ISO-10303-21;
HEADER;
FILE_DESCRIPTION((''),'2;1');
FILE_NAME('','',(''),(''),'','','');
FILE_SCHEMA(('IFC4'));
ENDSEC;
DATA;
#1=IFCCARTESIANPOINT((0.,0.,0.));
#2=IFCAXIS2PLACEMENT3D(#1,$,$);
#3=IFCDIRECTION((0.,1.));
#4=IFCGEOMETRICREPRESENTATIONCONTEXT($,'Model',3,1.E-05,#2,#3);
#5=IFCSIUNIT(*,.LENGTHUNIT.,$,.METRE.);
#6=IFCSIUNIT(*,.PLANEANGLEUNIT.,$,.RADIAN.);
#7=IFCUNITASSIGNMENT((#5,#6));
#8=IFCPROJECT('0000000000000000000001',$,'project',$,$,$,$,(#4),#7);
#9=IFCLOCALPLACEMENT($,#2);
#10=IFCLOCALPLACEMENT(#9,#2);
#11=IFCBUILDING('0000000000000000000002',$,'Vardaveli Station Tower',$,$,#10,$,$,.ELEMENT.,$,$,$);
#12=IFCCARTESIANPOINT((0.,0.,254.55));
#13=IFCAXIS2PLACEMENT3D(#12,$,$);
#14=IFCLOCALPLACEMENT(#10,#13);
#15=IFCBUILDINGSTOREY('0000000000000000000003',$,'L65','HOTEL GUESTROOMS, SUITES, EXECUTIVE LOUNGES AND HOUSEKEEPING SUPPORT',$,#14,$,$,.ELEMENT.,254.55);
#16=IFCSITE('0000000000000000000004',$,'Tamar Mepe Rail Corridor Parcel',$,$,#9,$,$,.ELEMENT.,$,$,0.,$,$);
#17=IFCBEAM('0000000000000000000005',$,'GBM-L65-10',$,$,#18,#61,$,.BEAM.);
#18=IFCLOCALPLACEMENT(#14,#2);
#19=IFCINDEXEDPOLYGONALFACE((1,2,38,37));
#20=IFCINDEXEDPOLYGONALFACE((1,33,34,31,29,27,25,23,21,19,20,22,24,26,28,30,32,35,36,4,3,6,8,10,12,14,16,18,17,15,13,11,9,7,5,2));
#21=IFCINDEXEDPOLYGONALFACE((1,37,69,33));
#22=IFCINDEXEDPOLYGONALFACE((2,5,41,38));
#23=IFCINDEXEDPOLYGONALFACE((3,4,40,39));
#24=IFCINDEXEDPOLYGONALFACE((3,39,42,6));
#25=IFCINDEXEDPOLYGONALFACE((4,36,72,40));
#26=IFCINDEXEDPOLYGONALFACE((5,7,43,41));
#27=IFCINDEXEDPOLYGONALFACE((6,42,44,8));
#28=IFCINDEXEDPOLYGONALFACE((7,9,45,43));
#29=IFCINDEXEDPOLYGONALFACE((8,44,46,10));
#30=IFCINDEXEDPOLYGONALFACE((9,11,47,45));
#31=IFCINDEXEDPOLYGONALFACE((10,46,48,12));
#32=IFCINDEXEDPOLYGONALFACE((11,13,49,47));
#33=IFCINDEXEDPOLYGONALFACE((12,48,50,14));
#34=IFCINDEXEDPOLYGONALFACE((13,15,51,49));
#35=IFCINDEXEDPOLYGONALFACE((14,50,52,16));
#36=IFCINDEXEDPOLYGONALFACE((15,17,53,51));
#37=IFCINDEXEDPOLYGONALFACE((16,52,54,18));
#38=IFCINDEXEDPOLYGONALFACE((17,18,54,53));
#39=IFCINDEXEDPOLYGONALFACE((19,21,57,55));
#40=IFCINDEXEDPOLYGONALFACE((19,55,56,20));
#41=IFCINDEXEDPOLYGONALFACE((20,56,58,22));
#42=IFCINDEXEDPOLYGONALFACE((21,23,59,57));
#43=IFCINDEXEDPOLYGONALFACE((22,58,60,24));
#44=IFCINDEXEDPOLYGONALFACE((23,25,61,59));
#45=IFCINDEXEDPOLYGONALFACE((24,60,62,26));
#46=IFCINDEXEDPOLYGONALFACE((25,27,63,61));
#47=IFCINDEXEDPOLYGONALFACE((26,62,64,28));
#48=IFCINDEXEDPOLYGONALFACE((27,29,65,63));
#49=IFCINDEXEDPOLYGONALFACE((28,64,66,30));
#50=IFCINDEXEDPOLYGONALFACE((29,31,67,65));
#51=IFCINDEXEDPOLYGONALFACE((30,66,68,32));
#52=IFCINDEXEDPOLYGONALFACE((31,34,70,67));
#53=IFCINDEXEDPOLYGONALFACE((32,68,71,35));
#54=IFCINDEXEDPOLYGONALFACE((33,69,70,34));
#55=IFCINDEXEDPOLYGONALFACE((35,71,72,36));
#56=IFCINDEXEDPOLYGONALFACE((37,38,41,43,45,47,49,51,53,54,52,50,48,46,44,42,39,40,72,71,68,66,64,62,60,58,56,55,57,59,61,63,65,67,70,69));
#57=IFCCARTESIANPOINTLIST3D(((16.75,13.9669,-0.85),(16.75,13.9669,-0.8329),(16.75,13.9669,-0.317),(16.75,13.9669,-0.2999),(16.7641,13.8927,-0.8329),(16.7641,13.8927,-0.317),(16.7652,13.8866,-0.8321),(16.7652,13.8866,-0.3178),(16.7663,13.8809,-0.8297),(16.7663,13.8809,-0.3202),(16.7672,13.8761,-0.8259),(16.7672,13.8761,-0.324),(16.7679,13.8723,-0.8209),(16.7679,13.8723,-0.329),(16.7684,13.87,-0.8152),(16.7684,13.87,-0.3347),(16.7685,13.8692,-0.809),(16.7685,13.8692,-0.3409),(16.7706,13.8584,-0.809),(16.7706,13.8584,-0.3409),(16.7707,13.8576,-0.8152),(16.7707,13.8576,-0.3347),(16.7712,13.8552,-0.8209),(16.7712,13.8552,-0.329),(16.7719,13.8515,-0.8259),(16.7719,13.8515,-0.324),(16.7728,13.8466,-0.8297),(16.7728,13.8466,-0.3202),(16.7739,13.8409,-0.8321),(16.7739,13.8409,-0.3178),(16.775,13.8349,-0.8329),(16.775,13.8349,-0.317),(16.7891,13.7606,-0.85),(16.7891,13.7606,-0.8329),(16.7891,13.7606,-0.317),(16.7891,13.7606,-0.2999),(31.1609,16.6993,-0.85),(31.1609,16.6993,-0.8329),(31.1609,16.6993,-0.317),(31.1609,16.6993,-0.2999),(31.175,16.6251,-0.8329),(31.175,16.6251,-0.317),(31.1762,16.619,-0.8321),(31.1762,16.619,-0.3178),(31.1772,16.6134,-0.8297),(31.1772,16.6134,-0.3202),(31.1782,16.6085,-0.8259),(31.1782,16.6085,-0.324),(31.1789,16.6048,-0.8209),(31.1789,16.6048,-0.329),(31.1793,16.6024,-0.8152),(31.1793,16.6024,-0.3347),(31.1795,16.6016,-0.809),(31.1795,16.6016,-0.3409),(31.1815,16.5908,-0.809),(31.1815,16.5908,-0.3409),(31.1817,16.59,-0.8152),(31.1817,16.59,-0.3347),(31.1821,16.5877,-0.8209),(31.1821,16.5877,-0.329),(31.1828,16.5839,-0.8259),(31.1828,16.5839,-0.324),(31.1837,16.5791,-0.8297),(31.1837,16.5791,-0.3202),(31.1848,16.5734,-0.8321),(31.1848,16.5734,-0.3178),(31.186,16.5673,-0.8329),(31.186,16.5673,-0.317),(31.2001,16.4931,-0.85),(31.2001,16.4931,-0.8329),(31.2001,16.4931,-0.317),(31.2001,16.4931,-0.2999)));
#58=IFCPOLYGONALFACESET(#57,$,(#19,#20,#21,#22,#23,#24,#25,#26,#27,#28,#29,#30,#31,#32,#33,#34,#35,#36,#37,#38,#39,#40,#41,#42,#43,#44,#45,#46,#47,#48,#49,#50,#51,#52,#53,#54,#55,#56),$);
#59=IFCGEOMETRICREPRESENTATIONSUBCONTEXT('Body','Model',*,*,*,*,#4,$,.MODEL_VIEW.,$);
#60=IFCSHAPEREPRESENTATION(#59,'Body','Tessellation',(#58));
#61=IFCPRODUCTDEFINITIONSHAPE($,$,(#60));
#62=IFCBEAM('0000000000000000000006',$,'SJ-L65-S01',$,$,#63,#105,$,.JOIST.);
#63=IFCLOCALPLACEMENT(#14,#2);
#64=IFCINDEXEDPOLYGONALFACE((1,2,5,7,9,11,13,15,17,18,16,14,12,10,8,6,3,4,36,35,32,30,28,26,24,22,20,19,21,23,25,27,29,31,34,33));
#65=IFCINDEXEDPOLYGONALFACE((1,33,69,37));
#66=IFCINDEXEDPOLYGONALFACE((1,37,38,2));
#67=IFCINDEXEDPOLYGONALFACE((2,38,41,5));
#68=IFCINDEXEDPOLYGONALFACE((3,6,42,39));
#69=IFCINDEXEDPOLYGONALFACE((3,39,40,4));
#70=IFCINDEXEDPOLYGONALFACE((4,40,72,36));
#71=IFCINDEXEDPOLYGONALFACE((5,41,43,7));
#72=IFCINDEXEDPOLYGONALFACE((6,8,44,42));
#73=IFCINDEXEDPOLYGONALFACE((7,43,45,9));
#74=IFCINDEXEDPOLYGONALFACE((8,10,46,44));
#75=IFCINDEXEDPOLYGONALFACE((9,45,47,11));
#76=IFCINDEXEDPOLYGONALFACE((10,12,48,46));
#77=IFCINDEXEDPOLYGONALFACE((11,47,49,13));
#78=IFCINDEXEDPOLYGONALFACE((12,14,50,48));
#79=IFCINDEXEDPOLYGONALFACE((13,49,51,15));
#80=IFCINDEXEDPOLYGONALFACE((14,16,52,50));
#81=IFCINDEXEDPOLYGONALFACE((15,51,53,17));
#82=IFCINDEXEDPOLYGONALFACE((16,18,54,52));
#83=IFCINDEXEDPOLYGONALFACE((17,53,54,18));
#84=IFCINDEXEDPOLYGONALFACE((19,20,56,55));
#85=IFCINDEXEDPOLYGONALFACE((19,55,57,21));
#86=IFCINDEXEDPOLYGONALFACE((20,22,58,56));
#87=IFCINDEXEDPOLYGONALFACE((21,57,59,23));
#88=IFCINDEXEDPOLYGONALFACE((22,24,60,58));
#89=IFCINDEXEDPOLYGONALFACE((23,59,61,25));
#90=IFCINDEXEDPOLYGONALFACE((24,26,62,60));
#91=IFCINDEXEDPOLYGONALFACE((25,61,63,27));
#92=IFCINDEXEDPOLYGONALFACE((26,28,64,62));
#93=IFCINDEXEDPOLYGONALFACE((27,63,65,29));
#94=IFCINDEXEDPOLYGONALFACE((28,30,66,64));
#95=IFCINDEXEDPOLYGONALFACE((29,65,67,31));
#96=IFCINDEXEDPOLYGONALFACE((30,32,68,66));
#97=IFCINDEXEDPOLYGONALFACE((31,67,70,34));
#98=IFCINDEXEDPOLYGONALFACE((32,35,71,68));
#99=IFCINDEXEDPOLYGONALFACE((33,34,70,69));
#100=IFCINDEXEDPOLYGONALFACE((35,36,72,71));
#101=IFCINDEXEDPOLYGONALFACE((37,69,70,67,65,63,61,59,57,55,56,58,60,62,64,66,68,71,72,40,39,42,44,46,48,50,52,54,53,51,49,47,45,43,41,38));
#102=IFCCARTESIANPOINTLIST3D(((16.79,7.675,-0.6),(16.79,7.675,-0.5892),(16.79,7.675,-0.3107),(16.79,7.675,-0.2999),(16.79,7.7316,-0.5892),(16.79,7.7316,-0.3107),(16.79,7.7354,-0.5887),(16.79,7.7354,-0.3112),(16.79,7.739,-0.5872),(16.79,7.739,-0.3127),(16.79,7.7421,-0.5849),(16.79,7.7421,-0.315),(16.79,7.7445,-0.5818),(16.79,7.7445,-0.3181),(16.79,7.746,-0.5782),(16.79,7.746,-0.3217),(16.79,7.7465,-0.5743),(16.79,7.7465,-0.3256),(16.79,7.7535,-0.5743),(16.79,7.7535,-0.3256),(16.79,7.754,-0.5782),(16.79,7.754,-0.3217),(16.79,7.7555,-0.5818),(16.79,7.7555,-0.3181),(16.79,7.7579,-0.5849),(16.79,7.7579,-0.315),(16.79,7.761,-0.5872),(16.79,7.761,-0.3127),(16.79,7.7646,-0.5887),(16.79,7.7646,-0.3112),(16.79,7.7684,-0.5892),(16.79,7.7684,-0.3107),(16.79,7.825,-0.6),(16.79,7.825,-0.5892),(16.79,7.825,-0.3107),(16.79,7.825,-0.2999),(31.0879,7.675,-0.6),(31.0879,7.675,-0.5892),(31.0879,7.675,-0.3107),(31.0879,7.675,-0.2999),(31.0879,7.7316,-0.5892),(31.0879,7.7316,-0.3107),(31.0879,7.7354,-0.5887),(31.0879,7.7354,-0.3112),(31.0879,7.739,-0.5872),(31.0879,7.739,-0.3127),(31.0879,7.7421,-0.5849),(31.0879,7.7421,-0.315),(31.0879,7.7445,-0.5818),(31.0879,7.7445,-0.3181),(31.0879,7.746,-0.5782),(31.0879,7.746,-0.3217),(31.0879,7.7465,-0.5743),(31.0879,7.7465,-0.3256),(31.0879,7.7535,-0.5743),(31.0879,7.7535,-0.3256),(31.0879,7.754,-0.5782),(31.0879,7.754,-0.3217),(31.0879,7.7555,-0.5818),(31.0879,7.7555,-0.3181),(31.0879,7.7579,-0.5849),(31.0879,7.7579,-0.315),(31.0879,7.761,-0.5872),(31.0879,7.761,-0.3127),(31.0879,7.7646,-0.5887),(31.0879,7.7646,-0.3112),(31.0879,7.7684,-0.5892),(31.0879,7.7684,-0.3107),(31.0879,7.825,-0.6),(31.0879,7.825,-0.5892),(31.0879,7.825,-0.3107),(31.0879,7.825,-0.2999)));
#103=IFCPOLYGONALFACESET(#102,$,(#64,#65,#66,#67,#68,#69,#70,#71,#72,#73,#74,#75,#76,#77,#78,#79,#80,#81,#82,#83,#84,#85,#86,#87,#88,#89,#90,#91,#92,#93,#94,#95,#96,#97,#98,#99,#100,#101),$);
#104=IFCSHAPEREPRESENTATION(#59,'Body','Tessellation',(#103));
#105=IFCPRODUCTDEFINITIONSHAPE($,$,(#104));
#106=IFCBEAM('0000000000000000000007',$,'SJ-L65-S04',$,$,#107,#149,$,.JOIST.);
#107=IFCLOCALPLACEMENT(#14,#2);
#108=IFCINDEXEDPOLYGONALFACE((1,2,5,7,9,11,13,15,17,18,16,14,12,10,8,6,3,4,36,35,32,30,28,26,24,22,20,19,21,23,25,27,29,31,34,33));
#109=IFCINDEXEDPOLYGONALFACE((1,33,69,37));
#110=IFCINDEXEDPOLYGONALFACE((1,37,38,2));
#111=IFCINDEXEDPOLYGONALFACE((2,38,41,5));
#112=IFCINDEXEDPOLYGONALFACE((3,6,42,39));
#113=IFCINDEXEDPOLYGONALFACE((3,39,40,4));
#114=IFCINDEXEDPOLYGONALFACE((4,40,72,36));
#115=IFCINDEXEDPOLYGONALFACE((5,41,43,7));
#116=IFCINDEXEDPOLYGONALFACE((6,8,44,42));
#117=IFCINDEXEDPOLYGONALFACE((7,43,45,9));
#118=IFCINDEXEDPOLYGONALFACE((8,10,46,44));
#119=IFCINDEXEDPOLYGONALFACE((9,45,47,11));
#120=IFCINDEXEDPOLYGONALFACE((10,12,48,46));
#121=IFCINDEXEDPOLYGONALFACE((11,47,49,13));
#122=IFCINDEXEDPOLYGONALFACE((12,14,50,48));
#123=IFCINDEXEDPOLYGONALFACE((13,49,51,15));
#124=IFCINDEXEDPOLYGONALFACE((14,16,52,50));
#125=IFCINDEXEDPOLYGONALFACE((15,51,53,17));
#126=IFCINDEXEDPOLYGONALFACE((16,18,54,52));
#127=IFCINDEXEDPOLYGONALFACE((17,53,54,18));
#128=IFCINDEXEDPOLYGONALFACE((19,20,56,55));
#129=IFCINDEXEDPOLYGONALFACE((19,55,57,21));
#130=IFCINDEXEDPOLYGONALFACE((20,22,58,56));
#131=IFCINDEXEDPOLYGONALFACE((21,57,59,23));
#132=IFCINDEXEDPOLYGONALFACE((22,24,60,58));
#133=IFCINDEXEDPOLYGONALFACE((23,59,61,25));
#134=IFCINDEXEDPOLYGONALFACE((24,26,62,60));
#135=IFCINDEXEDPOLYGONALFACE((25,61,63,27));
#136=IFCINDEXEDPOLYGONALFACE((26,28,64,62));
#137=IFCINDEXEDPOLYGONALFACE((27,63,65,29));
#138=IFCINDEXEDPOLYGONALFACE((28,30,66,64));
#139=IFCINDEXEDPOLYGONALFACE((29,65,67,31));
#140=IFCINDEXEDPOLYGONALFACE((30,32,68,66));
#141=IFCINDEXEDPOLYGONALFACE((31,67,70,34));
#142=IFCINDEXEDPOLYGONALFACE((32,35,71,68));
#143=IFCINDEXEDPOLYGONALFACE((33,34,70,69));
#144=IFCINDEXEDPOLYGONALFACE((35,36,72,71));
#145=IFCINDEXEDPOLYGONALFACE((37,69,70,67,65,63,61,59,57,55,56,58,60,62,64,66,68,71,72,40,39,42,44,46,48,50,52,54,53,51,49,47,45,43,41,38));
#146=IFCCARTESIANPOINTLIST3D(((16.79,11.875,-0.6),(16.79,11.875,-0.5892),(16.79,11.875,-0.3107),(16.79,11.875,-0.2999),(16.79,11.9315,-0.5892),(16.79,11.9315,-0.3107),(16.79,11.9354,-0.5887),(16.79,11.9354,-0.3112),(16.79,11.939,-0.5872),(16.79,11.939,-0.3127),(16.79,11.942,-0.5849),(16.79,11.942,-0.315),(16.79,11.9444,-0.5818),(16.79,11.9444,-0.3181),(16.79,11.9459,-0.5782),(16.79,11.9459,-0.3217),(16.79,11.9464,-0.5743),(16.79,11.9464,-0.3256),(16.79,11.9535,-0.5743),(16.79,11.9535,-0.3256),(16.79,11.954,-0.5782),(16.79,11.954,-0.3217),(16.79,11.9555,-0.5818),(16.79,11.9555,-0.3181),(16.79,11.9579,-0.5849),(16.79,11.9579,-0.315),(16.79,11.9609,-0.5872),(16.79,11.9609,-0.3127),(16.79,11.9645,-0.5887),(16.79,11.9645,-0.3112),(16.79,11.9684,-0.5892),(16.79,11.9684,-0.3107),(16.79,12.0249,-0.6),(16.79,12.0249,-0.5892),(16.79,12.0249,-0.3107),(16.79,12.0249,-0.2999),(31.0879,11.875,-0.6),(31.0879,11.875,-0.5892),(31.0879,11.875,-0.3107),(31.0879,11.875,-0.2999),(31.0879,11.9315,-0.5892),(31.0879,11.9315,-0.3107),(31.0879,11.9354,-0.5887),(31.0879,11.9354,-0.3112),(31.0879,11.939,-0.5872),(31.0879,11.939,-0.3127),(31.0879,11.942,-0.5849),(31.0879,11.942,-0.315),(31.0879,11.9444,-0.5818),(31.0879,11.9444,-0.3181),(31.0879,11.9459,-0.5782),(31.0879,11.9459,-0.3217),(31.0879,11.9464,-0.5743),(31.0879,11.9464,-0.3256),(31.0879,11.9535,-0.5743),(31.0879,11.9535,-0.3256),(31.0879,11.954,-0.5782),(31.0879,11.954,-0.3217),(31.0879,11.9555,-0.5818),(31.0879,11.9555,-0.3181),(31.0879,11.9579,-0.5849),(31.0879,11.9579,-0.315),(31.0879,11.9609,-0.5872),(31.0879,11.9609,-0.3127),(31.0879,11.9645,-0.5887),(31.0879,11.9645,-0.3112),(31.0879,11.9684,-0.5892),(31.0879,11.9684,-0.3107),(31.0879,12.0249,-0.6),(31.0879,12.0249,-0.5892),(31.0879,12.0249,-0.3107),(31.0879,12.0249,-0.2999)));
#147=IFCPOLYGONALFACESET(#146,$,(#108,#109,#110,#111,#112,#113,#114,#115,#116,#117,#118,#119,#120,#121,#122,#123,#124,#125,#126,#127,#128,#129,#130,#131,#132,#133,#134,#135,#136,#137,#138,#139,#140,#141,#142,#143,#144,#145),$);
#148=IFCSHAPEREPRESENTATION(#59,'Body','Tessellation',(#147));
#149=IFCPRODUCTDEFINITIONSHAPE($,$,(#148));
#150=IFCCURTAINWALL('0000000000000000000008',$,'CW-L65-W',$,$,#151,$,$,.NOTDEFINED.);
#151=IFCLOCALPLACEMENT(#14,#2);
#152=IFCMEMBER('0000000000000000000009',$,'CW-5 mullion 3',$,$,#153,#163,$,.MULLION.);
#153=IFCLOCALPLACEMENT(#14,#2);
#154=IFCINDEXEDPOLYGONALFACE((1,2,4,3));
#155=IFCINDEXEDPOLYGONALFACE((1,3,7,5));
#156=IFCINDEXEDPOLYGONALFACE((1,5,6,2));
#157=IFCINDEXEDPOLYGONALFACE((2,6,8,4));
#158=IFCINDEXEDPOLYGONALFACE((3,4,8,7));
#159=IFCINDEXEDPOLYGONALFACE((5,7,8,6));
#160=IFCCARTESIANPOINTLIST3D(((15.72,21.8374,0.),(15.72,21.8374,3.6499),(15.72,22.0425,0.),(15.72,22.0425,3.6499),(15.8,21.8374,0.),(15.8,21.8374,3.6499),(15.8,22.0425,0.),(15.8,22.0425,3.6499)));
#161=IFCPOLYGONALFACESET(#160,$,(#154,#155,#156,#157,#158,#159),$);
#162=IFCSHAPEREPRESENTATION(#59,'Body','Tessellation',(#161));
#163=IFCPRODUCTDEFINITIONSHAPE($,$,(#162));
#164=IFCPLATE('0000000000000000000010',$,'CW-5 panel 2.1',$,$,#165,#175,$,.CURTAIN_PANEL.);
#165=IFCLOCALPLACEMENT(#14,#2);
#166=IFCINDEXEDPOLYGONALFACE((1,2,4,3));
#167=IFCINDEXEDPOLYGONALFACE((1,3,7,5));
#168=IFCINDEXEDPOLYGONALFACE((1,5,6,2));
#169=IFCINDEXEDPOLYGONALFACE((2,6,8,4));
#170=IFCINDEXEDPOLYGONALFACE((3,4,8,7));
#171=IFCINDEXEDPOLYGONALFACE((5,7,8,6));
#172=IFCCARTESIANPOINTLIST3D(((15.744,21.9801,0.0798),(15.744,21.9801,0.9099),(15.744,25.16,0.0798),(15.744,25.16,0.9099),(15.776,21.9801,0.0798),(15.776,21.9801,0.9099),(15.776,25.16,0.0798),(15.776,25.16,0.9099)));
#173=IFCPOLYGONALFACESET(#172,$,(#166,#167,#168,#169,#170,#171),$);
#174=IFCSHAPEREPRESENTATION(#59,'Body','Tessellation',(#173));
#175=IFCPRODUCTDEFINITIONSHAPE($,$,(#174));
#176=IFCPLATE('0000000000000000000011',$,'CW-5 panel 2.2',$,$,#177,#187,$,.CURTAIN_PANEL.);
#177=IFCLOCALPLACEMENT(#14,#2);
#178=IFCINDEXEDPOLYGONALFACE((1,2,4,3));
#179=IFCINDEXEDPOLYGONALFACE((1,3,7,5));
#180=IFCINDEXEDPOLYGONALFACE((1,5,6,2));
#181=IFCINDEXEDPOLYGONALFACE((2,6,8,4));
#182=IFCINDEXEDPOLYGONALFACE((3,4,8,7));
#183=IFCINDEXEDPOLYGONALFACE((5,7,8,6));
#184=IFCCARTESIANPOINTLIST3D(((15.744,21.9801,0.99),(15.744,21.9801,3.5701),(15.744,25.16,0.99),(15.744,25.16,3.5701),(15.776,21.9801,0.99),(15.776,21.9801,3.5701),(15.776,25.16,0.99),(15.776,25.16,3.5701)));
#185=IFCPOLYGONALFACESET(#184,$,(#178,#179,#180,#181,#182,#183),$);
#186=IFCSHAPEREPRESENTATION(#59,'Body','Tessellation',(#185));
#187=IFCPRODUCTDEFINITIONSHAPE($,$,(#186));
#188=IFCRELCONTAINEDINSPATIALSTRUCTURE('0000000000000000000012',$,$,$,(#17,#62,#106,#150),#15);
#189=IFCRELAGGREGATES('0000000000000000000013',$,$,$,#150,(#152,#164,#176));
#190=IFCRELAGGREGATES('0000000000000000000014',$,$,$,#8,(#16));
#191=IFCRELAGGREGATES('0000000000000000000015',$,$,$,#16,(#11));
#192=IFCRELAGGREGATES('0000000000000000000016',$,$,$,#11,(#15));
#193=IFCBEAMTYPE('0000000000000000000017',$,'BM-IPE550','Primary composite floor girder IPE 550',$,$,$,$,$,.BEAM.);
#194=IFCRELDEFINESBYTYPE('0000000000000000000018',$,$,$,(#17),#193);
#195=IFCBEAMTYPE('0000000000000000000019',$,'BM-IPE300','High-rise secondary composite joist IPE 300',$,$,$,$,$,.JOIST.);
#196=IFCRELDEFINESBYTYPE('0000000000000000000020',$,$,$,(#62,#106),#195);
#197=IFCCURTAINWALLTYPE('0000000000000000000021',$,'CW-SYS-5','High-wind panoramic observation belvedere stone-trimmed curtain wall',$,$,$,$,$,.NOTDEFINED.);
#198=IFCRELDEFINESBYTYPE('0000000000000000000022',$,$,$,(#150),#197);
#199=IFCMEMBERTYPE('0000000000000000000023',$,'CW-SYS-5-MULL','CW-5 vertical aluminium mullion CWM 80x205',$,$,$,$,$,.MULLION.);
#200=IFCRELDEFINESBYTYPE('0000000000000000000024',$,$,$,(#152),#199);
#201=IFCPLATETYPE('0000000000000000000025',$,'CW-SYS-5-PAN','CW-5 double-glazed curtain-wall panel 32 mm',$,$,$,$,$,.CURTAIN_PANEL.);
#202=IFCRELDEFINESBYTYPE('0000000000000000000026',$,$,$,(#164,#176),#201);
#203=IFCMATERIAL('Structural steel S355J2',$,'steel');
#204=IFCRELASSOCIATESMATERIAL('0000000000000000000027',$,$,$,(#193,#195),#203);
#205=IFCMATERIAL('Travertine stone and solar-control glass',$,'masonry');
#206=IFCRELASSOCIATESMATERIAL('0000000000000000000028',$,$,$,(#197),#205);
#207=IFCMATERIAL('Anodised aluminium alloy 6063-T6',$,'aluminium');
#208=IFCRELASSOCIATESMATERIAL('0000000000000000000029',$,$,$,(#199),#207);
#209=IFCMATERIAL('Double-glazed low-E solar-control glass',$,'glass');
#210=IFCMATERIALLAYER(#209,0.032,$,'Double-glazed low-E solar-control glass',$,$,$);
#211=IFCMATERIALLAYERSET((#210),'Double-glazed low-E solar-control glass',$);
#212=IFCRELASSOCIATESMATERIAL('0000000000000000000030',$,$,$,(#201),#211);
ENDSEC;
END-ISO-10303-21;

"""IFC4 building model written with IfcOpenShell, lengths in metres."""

from ifc_helpers import new_model, si_unit, direction, frame, origin, origin_2d, place, context, subcontext, project, spatial, rectangle, i_section, extrude, source, transform, mapped, material, layer, layer_set, material_profile, profile_set, type_object, element, aggregate, save


model = new_model("IFC4")

# Units and contexts
model_context = context("Model", 3, precision=1e-05, world=origin(), true_north=direction((0.0, 1.0)))
body_context = subcontext(model_context, "Body", "Model", "MODEL_VIEW")
ifc_project = project(units=[si_unit("LENGTHUNIT", "METRE"), si_unit("PLANEANGLEUNIT", "RADIAN")], contexts=[model_context])

# Site, building, storey
site_placement = place(None, origin())
site = spatial("IfcSite", under=ifc_project, at=site_placement, Name="Tamar Mepe Rail Corridor Parcel", CompositionType="ELEMENT", RefElevation=0.0)
building_placement = place(site_placement, origin())
building = spatial("IfcBuilding", under=site, at=building_placement, Name="Vardaveli Station Tower", CompositionType="ELEMENT")
storey_placement = place(building_placement, frame((0.0, 0.0, 254.55)))
storey = spatial("IfcBuildingStorey", under=building, at=storey_placement, Name="L65", Description="HOTEL GUESTROOMS, SUITES, EXECUTIVE LOUNGES AND HOUSEKEEPING SUPPORT", CompositionType="ELEMENT", Elevation=254.55)

# Beams
ifc_material_1 = material(Name="Structural steel S355J2", Category="steel")
ifc_material_profile_1 = material_profile(ifc_material_1, i_section(OverallWidth=0.21, OverallDepth=0.55, WebThickness=0.011, FlangeThickness=0.0171, FilletRadius=0.0239, at=origin_2d()), Name="IPE 550")
ifc_profile_set_1 = profile_set([ifc_material_profile_1], Name="Structural steel S355J2")
beam_type_1 = type_object("IfcBeamType", Name="BM-IPE550", Description="Primary composite floor girder IPE 550", PredefinedType="BEAM", material=ifc_profile_set_1)
shared_shape_1 = source(origin(), body_context, "Body", "SweptSolid", [
    extrude(i_section(OverallWidth=0.21, OverallDepth=0.55, WebThickness=0.011, FlangeThickness=0.0171, FilletRadius=0.0239, at=origin_2d()), origin(), (0.0, 0.0, 1.0), 14.6677),
])
beam_1_placement = place(storey_placement, frame((16.7695, 13.8638, -0.575), z_axis=(0.982495, 0.186289, 0.0), x_axis=(-0.186289, 0.982495, 0.0)))
element("IfcBeam", 1, at=beam_1_placement, inside=storey, type_object=beam_type_1, Name="GBM-L65-10", PredefinedType="BEAM", context=body_context, shape_type="MappedRepresentation", body=[
    mapped(shared_shape_1, transform((0.0, 0.0, 0.0), scale=1.0)),
])
ifc_material_profile_2 = material_profile(ifc_material_1, i_section(OverallWidth=0.1499, OverallDepth=0.3, WebThickness=0.0071, FlangeThickness=0.0107, FilletRadius=0.0149, at=origin_2d()), Name="IPE 300")
ifc_profile_set_2 = profile_set([ifc_material_profile_2], Name="Structural steel S355J2")
beam_type_2 = type_object("IfcBeamType", Name="BM-IPE300", Description="High-rise secondary composite joist IPE 300", PredefinedType="JOIST", material=ifc_profile_set_2)
shared_shape_2 = source(origin(), body_context, "Body", "SweptSolid", [
    extrude(i_section(OverallWidth=0.1499, OverallDepth=0.3, WebThickness=0.0071, FlangeThickness=0.0107, FilletRadius=0.0149, at=origin_2d()), origin(), (0.0, 0.0, 1.0), 14.2979),
])
for number, where, z_axis, x_axis, name in (
    (2, (16.79, 7.75, -0.45), (1.0, 0.0, 0.0), (0.0, 1.0, 0.0), "SJ-L65-S01"),
    (3, (16.79, 11.95, -0.45), (1.0, 0.0, 0.0), (0.0, 1.0, 0.0), "SJ-L65-S04"),
):
    element("IfcBeam", number, at=place(storey_placement, frame(where, z_axis=z_axis, x_axis=x_axis)), inside=storey, type_object=beam_type_2, Name=name, PredefinedType="JOIST", context=body_context, shape_type="MappedRepresentation", body=[
        mapped(shared_shape_2, transform((0.0, 0.0, 0.0), scale=1.0)),
    ])

# Curtain wall, member, plates
ifc_material_2 = material(Name="Travertine stone and solar-control glass", Category="masonry")
curtain_wall_type = type_object("IfcCurtainWallType", Name="CW-SYS-5", Description="High-wind panoramic observation belvedere stone-trimmed curtain wall", PredefinedType="NOTDEFINED", material=ifc_material_2)
curtain_wall_placement = place(storey_placement, origin())
curtain_wall = element("IfcCurtainWall", 4, at=curtain_wall_placement, inside=storey, type_object=curtain_wall_type, Name="CW-L65-W", PredefinedType="NOTDEFINED")
ifc_material_3 = material(Name="Anodised aluminium alloy 6063-T6", Category="aluminium")
ifc_material_profile_3 = material_profile(ifc_material_3, rectangle(XDim=0.0801, YDim=0.2051, at=origin_2d()), Name="CWM 80x205")
ifc_profile_set_3 = profile_set([ifc_material_profile_3], Name="Anodised aluminium alloy 6063-T6")
member_type = type_object("IfcMemberType", Name="CW-SYS-5-MULL", Description="CW-5 vertical aluminium mullion CWM 80x205", PredefinedType="MULLION", material=ifc_profile_set_3)
shared_shape_3 = source(origin(), body_context, "Body", "SweptSolid", [
    extrude(rectangle(XDim=0.0801, YDim=0.2051, at=origin_2d()), origin(), (0.0, 0.0, 1.0), 3.6499),
])
member_placement = place(storey_placement, frame((15.76, 21.9399, 0.0), z_axis=(0.0, 0.0, 1.0), x_axis=(1.0, 0.0, 0.0)))
member = element("IfcMember", 5, at=member_placement, type_object=member_type, Name="CW-5 mullion 3", PredefinedType="MULLION", context=body_context, shape_type="MappedRepresentation", body=[
    mapped(shared_shape_3, transform((0.0, 0.0, 0.0), scale=1.0)),
])
ifc_material_4 = material(Name="Double-glazed low-E solar-control glass", Category="glass")
ifc_layer_1 = layer(ifc_material_4, 0.032, Name="Double-glazed low-E solar-control glass")
ifc_layer_set_1 = layer_set([ifc_layer_1], Name="Double-glazed low-E solar-control glass")
plate_type = type_object("IfcPlateType", Name="CW-SYS-5-PAN", Description="CW-5 double-glazed curtain-wall panel 32 mm", PredefinedType="CURTAIN_PANEL", material=ifc_layer_set_1)
shared_shape_4 = source(origin(), body_context, "Body", "SweptSolid", [
    extrude(rectangle(XDim=3.1799, YDim=0.032, at=origin_2d()), origin(), (0.0, 0.0, 1.0), 0.8301),
])
plate_1_placement = place(storey_placement, frame((15.76, 23.5701, 0.0798), z_axis=(0.0, 0.0, 1.0), x_axis=(0.0, -1.0, 0.0)))
plate_1 = element("IfcPlate", 6, at=plate_1_placement, type_object=plate_type, Name="CW-5 panel 2.1", PredefinedType="CURTAIN_PANEL", context=body_context, shape_type="MappedRepresentation", body=[
    mapped(shared_shape_4, transform((0.0, 0.0, 0.0), scale=1.0)),
])
shared_shape_5 = source(origin(), body_context, "Body", "SweptSolid", [
    extrude(rectangle(XDim=3.1799, YDim=0.032, at=origin_2d()), origin(), (0.0, 0.0, 1.0), 2.5801),
])
plate_2_placement = place(storey_placement, frame((15.76, 23.5701, 0.99), z_axis=(0.0, 0.0, 1.0), x_axis=(0.0, -1.0, 0.0)))
plate_2 = element("IfcPlate", 7, at=plate_2_placement, type_object=plate_type, Name="CW-5 panel 2.2", PredefinedType="CURTAIN_PANEL", context=body_context, shape_type="MappedRepresentation", body=[
    mapped(shared_shape_5, transform((0.0, 0.0, 0.0), scale=1.0)),
])
aggregate(curtain_wall, [member, plate_1, plate_2])

save(model, "model.ifc")
